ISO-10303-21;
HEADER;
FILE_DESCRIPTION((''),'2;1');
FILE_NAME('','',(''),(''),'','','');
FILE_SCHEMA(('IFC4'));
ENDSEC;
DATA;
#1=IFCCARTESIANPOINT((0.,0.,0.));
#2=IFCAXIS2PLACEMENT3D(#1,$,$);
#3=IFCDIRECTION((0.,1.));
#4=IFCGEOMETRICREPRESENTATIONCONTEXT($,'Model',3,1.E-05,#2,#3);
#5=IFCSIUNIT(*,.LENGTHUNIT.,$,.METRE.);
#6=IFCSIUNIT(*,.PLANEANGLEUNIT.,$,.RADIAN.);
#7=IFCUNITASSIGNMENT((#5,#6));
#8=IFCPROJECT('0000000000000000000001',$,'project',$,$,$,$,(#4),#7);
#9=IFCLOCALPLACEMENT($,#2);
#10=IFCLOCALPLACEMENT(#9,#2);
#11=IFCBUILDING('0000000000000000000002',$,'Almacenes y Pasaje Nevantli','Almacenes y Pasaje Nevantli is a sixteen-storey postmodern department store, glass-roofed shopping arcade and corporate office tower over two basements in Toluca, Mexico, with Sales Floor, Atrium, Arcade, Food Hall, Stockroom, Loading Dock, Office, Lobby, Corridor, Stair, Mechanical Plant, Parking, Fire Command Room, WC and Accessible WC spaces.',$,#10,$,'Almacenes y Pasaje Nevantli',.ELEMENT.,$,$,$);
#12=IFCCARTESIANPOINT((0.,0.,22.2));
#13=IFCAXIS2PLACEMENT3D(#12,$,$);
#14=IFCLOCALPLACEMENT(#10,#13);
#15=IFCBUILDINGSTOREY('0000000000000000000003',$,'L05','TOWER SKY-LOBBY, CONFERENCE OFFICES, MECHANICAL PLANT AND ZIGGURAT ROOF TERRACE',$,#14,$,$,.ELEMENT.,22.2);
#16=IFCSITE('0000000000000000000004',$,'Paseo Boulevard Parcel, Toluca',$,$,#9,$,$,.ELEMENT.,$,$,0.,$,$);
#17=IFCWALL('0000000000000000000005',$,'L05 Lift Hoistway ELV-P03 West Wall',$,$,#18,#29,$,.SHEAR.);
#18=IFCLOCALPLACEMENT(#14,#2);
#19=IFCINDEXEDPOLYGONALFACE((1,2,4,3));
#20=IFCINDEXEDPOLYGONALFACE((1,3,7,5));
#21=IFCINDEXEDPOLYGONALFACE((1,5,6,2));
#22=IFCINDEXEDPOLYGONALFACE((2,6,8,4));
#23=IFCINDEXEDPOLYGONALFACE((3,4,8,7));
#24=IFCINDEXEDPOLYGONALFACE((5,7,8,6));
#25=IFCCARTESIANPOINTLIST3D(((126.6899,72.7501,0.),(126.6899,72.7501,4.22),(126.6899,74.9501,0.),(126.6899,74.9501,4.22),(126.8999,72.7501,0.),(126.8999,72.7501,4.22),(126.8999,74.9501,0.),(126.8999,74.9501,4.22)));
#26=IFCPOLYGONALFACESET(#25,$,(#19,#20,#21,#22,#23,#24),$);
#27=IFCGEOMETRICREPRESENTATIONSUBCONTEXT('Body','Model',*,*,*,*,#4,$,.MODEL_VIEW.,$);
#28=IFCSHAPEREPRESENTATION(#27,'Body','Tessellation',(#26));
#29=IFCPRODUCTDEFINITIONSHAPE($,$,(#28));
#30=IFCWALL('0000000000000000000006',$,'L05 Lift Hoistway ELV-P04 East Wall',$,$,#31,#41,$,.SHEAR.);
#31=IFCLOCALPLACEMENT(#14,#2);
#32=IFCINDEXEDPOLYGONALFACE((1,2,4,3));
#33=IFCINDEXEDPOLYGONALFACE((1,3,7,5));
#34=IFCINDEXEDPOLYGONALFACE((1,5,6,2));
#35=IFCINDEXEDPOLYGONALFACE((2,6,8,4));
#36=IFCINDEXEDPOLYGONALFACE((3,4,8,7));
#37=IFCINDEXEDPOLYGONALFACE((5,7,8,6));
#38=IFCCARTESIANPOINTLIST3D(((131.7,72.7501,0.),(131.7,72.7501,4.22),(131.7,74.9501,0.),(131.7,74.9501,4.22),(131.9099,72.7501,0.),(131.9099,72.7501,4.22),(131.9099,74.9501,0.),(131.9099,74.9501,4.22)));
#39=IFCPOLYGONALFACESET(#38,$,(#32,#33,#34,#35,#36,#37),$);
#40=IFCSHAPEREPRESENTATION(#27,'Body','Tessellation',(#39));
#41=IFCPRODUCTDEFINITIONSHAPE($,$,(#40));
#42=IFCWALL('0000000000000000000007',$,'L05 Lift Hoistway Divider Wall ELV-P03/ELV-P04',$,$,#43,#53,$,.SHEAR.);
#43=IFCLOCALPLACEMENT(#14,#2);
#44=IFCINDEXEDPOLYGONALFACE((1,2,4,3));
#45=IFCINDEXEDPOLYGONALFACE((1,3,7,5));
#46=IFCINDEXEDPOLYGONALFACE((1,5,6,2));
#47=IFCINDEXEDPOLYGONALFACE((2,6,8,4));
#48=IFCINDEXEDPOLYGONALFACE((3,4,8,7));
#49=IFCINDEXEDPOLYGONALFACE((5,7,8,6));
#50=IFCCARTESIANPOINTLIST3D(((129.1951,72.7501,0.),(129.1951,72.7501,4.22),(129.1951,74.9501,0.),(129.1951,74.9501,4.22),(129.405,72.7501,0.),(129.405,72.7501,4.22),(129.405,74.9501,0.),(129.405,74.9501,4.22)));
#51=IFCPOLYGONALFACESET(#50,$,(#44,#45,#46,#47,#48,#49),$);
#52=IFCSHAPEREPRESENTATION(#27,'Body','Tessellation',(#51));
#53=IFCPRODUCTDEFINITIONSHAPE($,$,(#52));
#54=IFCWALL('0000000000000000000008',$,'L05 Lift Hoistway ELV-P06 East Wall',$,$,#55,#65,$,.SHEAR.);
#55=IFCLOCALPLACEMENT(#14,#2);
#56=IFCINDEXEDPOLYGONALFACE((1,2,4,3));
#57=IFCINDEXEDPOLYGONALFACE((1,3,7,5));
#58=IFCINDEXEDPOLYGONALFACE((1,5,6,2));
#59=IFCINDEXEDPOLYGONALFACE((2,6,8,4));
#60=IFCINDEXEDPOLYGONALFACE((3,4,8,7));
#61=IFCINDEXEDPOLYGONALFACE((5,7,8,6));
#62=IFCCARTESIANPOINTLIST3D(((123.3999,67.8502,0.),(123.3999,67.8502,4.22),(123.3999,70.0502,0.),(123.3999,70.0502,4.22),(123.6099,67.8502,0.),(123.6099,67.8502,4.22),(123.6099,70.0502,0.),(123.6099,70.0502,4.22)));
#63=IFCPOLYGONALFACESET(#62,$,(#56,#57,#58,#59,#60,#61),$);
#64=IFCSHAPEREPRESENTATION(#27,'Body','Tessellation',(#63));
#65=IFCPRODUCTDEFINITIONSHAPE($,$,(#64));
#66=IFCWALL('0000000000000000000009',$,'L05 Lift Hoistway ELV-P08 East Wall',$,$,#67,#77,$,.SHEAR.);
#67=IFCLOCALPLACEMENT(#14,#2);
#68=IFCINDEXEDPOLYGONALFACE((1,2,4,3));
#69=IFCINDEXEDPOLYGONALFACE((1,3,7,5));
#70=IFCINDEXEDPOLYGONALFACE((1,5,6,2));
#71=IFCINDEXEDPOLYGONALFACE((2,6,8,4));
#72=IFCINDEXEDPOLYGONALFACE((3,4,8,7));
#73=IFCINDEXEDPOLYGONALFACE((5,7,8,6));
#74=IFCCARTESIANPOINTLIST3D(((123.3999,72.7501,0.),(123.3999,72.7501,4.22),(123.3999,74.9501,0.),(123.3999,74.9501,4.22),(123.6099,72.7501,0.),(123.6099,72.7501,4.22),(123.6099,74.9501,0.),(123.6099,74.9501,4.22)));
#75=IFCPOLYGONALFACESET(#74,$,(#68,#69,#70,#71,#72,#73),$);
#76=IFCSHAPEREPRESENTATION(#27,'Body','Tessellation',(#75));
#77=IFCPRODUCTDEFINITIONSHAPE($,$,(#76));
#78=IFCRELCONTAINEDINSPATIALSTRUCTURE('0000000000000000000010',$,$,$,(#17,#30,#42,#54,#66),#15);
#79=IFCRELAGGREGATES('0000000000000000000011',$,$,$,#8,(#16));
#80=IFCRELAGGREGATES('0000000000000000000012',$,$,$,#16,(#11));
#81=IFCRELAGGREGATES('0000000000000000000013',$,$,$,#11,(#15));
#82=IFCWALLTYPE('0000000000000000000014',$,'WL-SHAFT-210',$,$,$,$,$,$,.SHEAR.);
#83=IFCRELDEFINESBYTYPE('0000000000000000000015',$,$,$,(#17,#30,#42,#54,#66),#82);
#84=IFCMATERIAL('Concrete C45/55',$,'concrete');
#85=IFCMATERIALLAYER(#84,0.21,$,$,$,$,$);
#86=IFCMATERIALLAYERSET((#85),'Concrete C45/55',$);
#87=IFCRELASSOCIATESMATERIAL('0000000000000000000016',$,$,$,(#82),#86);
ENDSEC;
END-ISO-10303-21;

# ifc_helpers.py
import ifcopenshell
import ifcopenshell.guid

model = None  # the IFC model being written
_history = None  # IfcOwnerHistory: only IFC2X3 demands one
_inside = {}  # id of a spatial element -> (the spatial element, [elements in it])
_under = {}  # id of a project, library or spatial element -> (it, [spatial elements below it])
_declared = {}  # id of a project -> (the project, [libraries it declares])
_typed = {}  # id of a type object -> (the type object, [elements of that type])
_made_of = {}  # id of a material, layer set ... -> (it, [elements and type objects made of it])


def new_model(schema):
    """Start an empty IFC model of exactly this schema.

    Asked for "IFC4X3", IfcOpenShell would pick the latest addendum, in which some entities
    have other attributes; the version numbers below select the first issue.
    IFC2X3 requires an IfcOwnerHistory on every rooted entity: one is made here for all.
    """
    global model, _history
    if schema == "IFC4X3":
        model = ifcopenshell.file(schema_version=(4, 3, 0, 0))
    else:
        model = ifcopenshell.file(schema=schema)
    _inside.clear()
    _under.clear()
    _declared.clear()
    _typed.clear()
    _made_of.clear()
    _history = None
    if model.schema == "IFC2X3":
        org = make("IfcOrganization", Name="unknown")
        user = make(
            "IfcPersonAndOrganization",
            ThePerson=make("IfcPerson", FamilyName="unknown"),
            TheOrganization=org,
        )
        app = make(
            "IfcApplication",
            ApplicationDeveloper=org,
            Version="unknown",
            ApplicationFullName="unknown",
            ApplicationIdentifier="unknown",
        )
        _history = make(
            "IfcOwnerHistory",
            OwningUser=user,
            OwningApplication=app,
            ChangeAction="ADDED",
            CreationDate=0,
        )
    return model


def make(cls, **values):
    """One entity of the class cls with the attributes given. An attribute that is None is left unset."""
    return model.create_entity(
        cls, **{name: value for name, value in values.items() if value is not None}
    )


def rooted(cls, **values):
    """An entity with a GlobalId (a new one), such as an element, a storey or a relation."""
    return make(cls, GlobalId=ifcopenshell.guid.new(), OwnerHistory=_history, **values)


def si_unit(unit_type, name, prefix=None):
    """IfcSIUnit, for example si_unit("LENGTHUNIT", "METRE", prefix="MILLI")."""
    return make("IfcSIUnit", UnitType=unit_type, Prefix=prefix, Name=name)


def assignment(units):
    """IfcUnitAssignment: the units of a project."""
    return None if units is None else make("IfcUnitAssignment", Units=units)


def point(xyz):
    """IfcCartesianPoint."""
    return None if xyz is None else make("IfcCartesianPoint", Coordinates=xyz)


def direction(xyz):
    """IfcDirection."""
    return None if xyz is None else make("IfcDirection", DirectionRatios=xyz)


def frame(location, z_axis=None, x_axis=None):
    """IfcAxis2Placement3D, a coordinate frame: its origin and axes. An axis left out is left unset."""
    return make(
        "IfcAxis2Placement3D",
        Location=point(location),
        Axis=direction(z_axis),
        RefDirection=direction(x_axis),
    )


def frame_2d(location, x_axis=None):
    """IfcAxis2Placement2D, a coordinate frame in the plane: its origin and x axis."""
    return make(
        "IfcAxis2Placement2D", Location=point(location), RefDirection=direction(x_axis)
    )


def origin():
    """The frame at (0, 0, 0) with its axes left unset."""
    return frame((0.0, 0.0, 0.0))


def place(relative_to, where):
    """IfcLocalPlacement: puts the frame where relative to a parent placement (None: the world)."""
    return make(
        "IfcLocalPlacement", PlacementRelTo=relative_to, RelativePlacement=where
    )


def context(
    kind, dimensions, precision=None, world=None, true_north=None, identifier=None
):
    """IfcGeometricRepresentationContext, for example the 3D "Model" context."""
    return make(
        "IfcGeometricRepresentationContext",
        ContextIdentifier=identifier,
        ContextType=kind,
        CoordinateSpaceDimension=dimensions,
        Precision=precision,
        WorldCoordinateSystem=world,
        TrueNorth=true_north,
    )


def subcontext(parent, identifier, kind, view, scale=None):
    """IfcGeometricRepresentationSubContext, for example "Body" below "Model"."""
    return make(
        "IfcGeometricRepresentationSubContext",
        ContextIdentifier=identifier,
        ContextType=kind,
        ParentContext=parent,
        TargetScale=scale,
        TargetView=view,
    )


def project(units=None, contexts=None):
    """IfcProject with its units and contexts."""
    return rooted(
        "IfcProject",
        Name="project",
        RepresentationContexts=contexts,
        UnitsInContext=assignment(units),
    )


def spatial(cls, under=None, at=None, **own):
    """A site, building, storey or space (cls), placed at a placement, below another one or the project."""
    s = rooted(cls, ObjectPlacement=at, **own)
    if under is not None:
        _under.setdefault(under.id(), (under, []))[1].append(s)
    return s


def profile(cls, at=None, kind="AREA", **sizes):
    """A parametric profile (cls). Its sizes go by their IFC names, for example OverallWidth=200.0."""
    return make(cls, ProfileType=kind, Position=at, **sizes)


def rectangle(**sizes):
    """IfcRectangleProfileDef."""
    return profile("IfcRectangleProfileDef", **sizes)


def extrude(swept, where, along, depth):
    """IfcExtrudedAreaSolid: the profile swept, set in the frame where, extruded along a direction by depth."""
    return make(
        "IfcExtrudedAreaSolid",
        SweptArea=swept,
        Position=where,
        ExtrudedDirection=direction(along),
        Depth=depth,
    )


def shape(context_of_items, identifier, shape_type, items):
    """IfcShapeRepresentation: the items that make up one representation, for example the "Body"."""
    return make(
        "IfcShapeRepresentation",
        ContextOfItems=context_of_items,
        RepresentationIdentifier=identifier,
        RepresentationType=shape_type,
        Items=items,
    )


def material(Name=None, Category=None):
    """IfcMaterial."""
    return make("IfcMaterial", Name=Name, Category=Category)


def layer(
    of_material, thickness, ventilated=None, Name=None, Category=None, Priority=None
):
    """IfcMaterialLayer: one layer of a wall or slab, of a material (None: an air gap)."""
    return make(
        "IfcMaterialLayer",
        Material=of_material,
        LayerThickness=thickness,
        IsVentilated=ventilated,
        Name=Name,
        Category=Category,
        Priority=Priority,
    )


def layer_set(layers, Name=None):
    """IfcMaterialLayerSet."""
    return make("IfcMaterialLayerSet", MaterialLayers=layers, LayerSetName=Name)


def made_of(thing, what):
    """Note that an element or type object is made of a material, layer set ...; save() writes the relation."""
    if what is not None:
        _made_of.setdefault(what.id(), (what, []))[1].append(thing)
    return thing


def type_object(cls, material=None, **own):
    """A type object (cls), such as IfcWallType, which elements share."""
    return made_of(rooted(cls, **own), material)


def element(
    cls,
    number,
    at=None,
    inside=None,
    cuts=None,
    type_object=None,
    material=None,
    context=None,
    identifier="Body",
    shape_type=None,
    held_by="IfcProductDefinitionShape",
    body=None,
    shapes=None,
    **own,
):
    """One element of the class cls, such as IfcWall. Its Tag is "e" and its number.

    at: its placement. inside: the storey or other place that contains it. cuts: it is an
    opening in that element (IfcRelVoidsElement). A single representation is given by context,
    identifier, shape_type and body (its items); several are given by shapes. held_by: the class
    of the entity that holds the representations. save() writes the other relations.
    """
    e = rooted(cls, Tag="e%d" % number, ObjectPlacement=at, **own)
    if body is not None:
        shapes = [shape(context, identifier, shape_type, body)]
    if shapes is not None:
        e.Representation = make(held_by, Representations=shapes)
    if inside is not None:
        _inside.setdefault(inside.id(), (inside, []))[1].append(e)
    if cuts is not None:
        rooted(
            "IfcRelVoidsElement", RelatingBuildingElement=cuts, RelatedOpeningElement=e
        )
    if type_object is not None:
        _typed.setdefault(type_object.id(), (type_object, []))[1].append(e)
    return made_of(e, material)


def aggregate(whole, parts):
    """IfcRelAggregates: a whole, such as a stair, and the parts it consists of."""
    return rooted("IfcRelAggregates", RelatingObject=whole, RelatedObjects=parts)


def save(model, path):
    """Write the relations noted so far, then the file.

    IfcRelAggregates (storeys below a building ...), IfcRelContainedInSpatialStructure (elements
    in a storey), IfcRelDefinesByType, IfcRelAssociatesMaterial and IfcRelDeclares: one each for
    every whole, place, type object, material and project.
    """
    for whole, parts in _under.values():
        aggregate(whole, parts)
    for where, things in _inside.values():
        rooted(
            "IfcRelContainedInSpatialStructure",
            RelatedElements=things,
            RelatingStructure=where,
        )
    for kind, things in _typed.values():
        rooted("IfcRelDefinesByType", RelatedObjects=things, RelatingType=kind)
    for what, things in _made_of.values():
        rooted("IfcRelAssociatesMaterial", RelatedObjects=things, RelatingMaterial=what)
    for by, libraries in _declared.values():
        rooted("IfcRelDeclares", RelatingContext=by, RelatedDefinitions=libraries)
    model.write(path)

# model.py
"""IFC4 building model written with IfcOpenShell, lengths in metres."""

from ifc_helpers import new_model, si_unit, direction, frame, frame_2d, origin, place, context, subcontext, project, spatial, rectangle, extrude, material, layer, layer_set, type_object, element, save


model = new_model("IFC4")

# Units and contexts
model_context = context("Model", 3, precision=1e-05, world=origin(), true_north=direction((0.0, 1.0)))
body_context = subcontext(model_context, "Body", "Model", "MODEL_VIEW")
ifc_project = project(units=[si_unit("LENGTHUNIT", "METRE"), si_unit("PLANEANGLEUNIT", "RADIAN")], contexts=[model_context])

# Site, building, storey
site_placement = place(None, origin())
site = spatial("IfcSite", under=ifc_project, at=site_placement, Name="Paseo Boulevard Parcel, Toluca", CompositionType="ELEMENT", RefElevation=0.0)
building_placement = place(site_placement, origin())
building = spatial("IfcBuilding", under=site, at=building_placement, Name="Almacenes y Pasaje Nevantli", Description="Almacenes y Pasaje Nevantli is a sixteen-storey postmodern department store, glass-roofed shopping arcade and corporate office tower over two basements in Toluca, Mexico, with Sales Floor, Atrium, Arcade, Food Hall, Stockroom, Loading Dock, Office, Lobby, Corridor, Stair, Mechanical Plant, Parking, Fire Command Room, WC and Accessible WC spaces.", LongName="Almacenes y Pasaje Nevantli", CompositionType="ELEMENT")
storey_placement = place(building_placement, frame((0.0, 0.0, 22.2)))
storey = spatial("IfcBuildingStorey", under=building, at=storey_placement, Name="L05", Description="TOWER SKY-LOBBY, CONFERENCE OFFICES, MECHANICAL PLANT AND ZIGGURAT ROOF TERRACE", CompositionType="ELEMENT", Elevation=22.2)

# Shared definitions
ifc_material_1 = material(Name="Concrete C45/55", Category="concrete")
ifc_layer_1 = layer(ifc_material_1, 0.21)
ifc_layer_set_1 = layer_set([ifc_layer_1], Name="Concrete C45/55")
wall_type = type_object("IfcWallType", Name="WL-SHAFT-210", PredefinedType="SHEAR", material=ifc_layer_set_1)

# Walls
for number, where, z_axis, x_axis, name in (
    (1, (126.7949, 72.75, 0.0), (0.0, 0.0, 1.0), (0.0, 1.0, 0.0), "L05 Lift Hoistway ELV-P03 West Wall"),
    (2, (131.8049, 72.75, 0.0), (0.0, 0.0, 1.0), (0.0, 1.0, 0.0), "L05 Lift Hoistway ELV-P04 East Wall"),
    (3, (129.3, 72.75, 0.0), (0.0, 0.0, 1.0), (0.0, 1.0, 0.0), "L05 Lift Hoistway Divider Wall ELV-P03/ELV-P04"),
    (4, (123.5049, 67.8501, 0.0), (0.0, 0.0, 1.0), (0.0, 1.0, 0.0), "L05 Lift Hoistway ELV-P06 East Wall"),
    (5, (123.5049, 72.75, 0.0), (0.0, 0.0, 1.0), (0.0, 1.0, 0.0), "L05 Lift Hoistway ELV-P08 East Wall"),
):
    element("IfcWall", number, at=place(storey_placement, frame(where, z_axis=z_axis, x_axis=x_axis)), inside=storey, type_object=wall_type, Name=name, PredefinedType="SHEAR", context=body_context, shape_type="SweptSolid", body=[
        extrude(rectangle(XDim=2.2, YDim=0.21, at=frame_2d((1.1001, 0.0))), origin(), (0.0, 0.0, 1.0), 4.22),
    ])

save(model, "model.ifc")
